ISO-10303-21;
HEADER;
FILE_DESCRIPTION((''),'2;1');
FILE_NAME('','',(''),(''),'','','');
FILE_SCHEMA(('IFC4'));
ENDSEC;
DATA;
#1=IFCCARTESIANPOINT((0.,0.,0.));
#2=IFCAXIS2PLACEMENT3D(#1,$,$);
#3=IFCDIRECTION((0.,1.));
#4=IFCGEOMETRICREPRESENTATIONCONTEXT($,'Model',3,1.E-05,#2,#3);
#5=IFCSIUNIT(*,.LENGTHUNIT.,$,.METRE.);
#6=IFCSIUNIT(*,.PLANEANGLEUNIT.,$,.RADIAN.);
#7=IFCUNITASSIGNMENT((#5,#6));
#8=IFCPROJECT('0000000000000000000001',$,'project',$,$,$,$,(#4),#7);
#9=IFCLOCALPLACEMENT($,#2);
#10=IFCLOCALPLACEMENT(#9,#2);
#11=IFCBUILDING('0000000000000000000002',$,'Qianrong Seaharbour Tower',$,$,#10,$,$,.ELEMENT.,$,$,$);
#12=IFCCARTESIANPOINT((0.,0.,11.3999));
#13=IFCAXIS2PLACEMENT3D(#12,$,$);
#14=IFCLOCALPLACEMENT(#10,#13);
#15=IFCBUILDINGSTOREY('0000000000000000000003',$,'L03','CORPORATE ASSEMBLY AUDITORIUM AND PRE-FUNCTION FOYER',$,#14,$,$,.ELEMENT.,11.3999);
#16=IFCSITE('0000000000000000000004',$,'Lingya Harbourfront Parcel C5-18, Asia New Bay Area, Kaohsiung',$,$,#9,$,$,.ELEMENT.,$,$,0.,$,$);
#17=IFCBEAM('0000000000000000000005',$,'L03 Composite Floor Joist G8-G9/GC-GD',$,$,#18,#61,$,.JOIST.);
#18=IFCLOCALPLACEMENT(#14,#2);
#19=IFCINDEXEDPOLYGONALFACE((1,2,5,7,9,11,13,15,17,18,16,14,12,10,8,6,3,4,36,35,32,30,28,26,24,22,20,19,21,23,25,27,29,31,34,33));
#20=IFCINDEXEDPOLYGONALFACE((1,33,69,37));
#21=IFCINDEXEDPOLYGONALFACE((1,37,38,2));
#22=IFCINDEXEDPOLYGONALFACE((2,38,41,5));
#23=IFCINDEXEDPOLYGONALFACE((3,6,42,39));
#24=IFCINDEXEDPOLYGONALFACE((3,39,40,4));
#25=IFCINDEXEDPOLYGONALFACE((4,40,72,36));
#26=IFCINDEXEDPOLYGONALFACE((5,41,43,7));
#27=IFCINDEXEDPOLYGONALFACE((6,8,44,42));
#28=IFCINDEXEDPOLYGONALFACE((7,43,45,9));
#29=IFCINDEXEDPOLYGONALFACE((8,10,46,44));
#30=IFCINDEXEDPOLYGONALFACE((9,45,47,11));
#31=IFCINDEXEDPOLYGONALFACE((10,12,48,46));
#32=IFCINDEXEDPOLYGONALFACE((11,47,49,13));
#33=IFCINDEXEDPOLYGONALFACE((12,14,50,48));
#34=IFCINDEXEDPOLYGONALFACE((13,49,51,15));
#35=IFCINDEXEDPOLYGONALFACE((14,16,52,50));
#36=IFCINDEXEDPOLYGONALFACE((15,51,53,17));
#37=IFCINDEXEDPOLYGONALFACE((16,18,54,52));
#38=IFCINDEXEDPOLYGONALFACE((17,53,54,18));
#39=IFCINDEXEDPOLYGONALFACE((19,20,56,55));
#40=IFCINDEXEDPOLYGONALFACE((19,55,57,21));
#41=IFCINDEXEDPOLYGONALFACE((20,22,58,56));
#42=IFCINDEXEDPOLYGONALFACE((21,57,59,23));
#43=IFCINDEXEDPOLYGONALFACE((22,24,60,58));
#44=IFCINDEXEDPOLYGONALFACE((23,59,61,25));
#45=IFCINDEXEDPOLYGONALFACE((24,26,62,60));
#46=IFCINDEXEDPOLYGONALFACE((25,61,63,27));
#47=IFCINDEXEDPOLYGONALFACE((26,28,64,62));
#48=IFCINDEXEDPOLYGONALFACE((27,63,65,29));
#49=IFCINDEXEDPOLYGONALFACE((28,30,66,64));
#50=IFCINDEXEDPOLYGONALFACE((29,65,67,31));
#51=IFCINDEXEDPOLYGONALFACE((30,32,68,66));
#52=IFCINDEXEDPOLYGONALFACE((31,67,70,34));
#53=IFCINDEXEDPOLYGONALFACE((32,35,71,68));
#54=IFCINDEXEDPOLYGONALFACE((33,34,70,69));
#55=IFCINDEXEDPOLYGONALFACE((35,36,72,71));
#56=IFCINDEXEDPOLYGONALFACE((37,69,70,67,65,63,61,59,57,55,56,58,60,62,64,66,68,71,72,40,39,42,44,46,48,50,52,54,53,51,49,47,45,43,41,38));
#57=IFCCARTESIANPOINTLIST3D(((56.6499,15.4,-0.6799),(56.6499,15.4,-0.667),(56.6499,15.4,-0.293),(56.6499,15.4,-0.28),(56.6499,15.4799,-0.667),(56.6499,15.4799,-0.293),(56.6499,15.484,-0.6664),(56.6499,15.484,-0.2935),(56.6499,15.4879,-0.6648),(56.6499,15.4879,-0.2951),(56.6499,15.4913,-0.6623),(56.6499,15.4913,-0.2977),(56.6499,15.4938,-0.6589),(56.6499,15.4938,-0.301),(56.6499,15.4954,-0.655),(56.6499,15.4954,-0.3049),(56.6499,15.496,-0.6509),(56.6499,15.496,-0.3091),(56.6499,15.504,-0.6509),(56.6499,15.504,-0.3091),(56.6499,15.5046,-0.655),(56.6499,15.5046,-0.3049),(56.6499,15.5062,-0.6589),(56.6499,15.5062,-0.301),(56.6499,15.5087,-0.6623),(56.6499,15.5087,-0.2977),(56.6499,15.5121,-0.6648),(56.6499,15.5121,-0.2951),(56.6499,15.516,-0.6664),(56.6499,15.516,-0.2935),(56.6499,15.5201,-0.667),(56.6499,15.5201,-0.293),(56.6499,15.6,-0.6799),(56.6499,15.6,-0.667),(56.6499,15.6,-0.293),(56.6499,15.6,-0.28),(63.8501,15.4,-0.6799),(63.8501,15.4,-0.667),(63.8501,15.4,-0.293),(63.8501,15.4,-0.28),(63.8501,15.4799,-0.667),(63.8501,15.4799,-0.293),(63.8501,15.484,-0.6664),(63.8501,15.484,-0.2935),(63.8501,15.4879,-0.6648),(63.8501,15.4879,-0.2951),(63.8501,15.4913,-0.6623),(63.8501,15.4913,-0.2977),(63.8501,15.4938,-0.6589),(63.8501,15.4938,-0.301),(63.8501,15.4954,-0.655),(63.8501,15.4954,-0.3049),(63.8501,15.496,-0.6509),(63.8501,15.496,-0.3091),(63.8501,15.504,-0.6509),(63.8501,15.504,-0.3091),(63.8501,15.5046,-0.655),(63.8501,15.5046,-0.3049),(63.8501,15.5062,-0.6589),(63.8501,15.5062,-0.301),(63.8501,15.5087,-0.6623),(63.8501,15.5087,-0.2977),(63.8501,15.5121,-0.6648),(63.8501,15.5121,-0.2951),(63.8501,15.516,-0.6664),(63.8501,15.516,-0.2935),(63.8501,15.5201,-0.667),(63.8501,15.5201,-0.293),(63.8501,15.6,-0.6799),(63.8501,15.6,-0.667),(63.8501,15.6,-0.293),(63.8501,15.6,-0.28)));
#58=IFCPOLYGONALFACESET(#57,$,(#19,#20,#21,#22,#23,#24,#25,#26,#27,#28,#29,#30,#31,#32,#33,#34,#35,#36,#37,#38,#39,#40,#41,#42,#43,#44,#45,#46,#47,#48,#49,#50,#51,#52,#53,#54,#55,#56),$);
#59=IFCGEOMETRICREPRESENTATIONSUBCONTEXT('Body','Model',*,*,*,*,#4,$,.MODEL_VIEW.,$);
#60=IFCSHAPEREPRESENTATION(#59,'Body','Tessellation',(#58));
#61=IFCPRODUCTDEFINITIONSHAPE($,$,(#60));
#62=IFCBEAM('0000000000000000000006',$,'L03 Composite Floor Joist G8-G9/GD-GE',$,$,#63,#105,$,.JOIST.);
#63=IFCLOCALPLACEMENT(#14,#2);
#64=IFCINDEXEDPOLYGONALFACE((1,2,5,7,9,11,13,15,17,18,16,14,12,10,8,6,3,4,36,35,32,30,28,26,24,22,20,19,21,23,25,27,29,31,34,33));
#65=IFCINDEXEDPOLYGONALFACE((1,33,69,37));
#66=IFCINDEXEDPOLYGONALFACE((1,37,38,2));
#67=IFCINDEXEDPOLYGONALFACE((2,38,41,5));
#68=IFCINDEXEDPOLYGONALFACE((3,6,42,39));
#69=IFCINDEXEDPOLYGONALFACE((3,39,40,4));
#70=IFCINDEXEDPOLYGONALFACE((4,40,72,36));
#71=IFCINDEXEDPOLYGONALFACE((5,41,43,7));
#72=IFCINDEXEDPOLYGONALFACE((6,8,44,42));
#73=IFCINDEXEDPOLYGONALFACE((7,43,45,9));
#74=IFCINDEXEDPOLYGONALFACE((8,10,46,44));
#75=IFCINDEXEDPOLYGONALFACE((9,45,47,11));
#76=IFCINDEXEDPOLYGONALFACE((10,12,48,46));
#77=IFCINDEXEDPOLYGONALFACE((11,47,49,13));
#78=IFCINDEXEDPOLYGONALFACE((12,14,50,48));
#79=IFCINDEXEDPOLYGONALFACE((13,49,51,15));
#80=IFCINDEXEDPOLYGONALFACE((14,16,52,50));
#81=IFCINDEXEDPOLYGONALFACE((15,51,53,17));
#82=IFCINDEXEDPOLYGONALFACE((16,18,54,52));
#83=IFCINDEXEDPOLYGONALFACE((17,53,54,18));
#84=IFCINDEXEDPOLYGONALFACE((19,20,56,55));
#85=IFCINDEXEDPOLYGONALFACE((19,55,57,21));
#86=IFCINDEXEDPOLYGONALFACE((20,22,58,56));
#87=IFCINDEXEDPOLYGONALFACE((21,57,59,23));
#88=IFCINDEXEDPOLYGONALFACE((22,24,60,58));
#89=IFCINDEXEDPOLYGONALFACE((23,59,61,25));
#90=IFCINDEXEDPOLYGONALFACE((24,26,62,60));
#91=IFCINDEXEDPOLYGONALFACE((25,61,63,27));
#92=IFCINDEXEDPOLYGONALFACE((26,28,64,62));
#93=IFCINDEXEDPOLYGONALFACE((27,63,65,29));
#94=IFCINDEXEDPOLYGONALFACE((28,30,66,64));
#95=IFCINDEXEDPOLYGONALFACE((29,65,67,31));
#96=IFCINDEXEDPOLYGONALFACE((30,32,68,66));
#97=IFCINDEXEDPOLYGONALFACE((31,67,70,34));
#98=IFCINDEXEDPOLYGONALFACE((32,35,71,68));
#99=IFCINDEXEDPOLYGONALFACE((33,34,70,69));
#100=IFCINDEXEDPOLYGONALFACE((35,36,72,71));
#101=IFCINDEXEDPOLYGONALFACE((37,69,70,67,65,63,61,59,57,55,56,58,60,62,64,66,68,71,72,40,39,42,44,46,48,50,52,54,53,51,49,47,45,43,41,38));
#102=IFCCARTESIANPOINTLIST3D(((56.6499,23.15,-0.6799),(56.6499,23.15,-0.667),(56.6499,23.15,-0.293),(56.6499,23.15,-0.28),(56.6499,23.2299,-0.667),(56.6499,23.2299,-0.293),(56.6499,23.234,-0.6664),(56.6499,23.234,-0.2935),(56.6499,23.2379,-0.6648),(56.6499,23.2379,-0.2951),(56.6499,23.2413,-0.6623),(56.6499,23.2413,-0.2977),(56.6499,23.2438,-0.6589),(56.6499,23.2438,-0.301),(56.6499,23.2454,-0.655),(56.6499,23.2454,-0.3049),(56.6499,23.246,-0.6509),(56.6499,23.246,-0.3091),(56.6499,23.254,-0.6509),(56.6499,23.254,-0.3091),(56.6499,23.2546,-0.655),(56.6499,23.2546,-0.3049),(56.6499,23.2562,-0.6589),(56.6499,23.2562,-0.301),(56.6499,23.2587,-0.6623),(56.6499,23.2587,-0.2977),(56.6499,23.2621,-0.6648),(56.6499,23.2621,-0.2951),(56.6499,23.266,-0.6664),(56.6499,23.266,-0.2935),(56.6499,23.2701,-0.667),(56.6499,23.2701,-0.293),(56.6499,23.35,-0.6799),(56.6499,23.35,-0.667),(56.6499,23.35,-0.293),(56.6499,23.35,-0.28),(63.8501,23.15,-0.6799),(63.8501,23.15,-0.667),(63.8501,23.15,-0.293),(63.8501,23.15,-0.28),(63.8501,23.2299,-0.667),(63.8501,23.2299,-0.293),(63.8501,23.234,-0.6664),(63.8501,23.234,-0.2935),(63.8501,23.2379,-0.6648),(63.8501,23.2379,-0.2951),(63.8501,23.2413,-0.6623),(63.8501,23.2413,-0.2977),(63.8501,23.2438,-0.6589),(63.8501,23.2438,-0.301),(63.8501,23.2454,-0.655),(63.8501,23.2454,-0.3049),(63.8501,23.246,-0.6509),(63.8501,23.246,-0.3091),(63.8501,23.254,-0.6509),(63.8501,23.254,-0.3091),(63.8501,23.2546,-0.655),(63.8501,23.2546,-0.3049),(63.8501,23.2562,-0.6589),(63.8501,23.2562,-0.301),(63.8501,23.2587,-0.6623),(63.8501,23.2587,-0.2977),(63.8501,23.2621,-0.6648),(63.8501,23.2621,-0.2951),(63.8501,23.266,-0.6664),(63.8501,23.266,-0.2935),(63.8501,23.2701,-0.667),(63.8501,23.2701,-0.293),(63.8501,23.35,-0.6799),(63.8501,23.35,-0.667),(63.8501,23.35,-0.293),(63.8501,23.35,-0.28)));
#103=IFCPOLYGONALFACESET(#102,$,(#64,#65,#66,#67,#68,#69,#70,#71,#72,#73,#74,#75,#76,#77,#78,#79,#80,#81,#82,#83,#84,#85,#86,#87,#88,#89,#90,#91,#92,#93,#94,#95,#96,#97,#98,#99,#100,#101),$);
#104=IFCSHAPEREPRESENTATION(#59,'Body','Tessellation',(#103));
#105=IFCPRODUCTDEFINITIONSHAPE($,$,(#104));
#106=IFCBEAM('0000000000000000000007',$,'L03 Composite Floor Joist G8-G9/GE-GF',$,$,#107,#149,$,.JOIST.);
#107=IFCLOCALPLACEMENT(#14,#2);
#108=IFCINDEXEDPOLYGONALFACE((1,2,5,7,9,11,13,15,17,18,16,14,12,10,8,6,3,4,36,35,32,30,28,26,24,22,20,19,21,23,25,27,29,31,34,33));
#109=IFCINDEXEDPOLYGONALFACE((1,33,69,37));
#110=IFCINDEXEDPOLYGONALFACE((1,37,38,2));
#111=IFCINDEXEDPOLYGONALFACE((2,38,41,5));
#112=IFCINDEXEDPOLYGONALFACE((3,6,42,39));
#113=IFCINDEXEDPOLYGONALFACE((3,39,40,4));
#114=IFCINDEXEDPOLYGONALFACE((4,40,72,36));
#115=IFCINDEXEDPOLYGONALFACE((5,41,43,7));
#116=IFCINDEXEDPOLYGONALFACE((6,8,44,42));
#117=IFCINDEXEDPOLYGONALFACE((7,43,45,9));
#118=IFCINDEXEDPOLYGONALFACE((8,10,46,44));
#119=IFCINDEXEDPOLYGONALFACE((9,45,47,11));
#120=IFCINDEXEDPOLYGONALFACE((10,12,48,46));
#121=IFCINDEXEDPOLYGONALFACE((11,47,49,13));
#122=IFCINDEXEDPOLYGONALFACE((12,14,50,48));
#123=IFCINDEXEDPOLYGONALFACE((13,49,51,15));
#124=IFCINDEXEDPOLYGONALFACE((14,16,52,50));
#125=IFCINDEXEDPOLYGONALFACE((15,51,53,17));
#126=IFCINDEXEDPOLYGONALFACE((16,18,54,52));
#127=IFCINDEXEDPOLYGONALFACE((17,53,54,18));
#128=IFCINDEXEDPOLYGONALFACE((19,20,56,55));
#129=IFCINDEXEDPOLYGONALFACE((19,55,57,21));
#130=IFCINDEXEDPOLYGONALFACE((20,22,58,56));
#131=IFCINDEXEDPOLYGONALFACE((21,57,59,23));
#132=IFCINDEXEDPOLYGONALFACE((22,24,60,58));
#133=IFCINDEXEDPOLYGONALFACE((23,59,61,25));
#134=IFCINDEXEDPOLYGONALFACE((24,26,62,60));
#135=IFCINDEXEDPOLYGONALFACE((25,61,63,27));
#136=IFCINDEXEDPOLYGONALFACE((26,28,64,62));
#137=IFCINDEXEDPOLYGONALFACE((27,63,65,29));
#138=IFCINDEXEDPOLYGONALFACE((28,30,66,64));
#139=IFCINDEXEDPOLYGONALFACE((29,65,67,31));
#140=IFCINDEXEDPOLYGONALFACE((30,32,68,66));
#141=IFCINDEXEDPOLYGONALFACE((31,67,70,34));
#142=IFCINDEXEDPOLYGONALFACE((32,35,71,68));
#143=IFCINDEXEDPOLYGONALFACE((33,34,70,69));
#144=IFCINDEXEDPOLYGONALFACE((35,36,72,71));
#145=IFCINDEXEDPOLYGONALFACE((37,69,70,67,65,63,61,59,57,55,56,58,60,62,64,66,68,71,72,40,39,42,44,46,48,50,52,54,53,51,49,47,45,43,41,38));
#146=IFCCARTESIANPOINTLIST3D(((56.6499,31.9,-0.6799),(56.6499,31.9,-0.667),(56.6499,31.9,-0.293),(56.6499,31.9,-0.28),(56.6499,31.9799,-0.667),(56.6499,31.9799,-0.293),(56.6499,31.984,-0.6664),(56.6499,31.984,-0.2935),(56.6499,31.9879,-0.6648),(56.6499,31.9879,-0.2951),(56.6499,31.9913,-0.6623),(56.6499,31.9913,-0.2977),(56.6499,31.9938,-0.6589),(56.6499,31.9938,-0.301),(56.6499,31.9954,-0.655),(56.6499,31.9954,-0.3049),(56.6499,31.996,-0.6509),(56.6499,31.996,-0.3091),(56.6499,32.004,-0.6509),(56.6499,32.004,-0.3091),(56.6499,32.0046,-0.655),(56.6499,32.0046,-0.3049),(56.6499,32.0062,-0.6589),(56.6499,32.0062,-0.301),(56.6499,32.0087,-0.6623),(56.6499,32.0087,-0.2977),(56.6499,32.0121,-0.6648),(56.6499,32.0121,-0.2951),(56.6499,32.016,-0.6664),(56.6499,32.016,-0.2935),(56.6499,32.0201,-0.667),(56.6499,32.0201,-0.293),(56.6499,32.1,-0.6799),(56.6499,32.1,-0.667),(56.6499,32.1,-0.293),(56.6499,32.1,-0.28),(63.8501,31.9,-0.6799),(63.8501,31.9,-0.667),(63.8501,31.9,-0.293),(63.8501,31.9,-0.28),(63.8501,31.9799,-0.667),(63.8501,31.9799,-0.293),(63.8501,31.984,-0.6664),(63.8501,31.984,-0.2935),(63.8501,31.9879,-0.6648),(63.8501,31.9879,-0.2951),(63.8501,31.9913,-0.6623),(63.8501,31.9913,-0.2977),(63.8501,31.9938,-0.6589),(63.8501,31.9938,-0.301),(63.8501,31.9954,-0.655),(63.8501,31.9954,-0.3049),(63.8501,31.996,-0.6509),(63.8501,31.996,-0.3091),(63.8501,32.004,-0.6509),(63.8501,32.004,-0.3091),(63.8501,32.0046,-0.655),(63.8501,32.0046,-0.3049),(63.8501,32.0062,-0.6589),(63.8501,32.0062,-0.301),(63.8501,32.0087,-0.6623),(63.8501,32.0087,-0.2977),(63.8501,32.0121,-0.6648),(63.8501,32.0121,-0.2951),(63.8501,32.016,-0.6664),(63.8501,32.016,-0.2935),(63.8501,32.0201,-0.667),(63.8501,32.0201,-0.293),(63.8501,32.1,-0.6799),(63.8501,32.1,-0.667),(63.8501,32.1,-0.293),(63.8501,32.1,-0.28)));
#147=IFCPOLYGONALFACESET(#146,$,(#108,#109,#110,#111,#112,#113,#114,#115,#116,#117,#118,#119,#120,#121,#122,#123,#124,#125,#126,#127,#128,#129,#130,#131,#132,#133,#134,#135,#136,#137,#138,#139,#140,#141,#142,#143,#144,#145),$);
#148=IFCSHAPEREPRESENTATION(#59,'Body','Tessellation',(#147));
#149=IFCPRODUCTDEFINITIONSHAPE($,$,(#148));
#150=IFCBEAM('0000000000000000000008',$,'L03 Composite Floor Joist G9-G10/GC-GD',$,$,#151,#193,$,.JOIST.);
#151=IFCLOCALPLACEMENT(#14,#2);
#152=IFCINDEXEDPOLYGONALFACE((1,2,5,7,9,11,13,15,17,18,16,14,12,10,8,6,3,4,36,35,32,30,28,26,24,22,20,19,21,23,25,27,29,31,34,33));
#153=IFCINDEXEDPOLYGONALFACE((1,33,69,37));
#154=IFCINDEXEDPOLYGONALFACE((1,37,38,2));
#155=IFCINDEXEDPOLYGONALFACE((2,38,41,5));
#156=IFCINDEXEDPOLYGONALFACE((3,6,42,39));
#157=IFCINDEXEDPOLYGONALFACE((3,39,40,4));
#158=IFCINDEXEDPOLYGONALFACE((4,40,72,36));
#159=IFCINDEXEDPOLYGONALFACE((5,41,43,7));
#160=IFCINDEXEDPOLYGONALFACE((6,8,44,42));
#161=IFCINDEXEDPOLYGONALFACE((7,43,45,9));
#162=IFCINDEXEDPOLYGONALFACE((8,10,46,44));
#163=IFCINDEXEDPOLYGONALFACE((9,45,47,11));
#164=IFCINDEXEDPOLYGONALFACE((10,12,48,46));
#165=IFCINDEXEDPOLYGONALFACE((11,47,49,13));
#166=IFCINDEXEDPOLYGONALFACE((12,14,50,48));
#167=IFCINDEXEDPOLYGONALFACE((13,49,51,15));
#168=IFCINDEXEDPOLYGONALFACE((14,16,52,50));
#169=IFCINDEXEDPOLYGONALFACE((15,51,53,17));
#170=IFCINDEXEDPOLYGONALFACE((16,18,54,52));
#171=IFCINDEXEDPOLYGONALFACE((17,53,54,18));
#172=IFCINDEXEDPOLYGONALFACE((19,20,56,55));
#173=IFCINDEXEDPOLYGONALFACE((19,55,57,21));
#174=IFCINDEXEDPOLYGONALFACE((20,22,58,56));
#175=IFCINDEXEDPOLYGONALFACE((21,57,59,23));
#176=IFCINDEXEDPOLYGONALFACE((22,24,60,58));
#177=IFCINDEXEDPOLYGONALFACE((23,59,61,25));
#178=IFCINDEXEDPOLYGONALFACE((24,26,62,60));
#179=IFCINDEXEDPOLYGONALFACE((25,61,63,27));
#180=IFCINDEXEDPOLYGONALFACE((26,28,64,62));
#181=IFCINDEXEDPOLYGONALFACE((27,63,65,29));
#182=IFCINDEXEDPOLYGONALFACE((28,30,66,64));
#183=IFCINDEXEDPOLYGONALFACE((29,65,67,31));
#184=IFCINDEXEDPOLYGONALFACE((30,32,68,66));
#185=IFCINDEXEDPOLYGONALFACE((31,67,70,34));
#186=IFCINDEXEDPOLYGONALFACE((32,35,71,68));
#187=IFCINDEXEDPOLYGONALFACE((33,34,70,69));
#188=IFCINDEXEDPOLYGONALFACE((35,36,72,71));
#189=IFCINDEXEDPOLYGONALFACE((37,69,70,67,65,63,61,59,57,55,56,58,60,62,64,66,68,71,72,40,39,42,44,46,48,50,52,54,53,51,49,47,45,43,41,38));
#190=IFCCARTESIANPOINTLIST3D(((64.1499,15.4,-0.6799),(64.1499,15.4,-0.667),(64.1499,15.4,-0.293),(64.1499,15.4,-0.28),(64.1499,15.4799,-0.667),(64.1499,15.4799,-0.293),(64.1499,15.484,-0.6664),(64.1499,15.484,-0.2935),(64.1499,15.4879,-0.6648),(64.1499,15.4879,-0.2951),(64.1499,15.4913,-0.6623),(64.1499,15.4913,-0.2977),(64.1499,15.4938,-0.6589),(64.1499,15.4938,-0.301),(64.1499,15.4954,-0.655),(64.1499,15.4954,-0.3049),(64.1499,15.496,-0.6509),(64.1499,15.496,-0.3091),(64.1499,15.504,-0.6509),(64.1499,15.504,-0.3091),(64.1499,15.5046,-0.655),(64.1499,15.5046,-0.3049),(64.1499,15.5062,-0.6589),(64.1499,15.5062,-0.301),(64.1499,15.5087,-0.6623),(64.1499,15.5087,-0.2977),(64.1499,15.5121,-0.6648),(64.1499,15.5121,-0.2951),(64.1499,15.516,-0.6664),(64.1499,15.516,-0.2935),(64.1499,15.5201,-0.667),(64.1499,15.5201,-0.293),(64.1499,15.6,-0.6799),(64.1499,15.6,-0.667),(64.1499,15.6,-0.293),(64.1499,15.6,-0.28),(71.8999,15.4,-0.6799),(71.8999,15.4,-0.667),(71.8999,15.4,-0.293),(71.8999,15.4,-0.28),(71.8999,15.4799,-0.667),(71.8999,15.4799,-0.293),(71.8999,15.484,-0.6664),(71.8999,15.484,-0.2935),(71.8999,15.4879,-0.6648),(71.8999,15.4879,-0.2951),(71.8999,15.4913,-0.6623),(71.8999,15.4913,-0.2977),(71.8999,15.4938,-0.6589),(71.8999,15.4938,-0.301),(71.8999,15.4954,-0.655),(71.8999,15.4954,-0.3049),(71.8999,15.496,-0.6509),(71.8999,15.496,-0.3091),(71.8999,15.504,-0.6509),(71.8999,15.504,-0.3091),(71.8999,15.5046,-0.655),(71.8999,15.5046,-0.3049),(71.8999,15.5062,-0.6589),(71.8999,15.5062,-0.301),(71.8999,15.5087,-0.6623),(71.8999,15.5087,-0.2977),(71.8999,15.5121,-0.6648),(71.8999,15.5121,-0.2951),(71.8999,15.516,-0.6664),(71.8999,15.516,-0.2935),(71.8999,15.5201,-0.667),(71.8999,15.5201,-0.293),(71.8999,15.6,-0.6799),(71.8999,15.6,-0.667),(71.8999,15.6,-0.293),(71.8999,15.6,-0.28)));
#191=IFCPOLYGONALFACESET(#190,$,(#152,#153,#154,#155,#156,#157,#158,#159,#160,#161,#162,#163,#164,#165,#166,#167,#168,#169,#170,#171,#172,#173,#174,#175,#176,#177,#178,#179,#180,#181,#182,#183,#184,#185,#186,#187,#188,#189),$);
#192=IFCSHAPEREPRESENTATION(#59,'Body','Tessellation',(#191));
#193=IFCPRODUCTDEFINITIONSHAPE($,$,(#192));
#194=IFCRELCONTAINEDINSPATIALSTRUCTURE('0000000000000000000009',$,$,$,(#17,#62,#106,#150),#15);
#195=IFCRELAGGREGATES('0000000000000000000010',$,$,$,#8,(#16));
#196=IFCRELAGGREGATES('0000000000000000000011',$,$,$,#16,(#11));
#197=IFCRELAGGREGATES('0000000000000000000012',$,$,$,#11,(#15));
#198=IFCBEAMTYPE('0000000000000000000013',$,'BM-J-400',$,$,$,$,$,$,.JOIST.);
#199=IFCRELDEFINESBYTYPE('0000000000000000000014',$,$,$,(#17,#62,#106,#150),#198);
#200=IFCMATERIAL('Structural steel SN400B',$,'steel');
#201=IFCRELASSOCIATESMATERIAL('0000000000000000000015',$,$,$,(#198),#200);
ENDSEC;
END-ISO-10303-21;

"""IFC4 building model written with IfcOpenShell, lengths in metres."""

from ifc_helpers import new_model, si_unit, direction, frame, origin, origin_2d, place, context, subcontext, project, spatial, i_section, extrude, material, material_profile, profile_set, type_object, element, save


model = new_model("IFC4")

# Units and contexts
model_context = context("Model", 3, precision=1e-05, world=origin(), true_north=direction((0.0, 1.0)))
body_context = subcontext(model_context, "Body", "Model", "MODEL_VIEW")
ifc_project = project(units=[si_unit("LENGTHUNIT", "METRE"), si_unit("PLANEANGLEUNIT", "RADIAN")], contexts=[model_context])

# Site, building, storey
site_placement = place(None, origin())
site = spatial("IfcSite", under=ifc_project, at=site_placement, Name="Lingya Harbourfront Parcel C5-18, Asia New Bay Area, Kaohsiung", CompositionType="ELEMENT", RefElevation=0.0)
building_placement = place(site_placement, origin())
building = spatial("IfcBuilding", under=site, at=building_placement, Name="Qianrong Seaharbour Tower", CompositionType="ELEMENT")
storey_placement = place(building_placement, frame((0.0, 0.0, 11.3999)))
storey = spatial("IfcBuildingStorey", under=building, at=storey_placement, Name="L03", Description="CORPORATE ASSEMBLY AUDITORIUM AND PRE-FUNCTION FOYER", CompositionType="ELEMENT", Elevation=11.3999)

# Beams
ifc_material_1 = material(Name="Structural steel SN400B", Category="steel")
ifc_material_profile_1 = material_profile(ifc_material_1, i_section(OverallWidth=0.2, OverallDepth=0.3999, WebThickness=0.0081, FlangeThickness=0.0129, FilletRadius=0.0161, at=origin_2d()), Name="H400x200x8x13")
ifc_profile_set_1 = profile_set([ifc_material_profile_1], Name="Structural steel SN400B")
beam_type_1 = type_object("IfcBeamType", Name="BM-J-400", PredefinedType="JOIST", material=ifc_profile_set_1)
for number, where, z_axis, x_axis, name in (
    (1, (56.6499, 15.5, -0.48), (1.0, 0.0, 0.0), (0.0, 1.0, 0.0), "L03 Composite Floor Joist G8-G9/GC-GD"),
    (2, (56.6499, 23.25, -0.48), (1.0, 0.0, 0.0), (0.0, 1.0, 0.0), "L03 Composite Floor Joist G8-G9/GD-GE"),
    (3, (56.6499, 32.0, -0.48), (1.0, 0.0, 0.0), (0.0, 1.0, 0.0), "L03 Composite Floor Joist G8-G9/GE-GF"),
):
    element("IfcBeam", number, at=place(storey_placement, frame(where, z_axis=z_axis, x_axis=x_axis)), inside=storey, type_object=beam_type_1, Name=name, PredefinedType="JOIST", context=body_context, shape_type="SweptSolid", body=[
        extrude(i_section(OverallWidth=0.2, OverallDepth=0.3999, WebThickness=0.0081, FlangeThickness=0.0129, FilletRadius=0.0161, at=origin_2d()), origin(), (0.0, 0.0, 1.0), 7.2002),
    ])
for number, where, z_axis, x_axis, name in (
    (4, (64.1499, 15.5, -0.48), (1.0, 0.0, 0.0), (0.0, 1.0, 0.0), "L03 Composite Floor Joist G9-G10/GC-GD"),
):
    element("IfcBeam", number, at=place(storey_placement, frame(where, z_axis=z_axis, x_axis=x_axis)), inside=storey, type_object=beam_type_1, Name=name, PredefinedType="JOIST", context=body_context, shape_type="SweptSolid", body=[
        extrude(i_section(OverallWidth=0.2, OverallDepth=0.3999, WebThickness=0.0081, FlangeThickness=0.0129, FilletRadius=0.0161, at=origin_2d()), origin(), (0.0, 0.0, 1.0), 7.75),
    ])

save(model, "model.ifc")
